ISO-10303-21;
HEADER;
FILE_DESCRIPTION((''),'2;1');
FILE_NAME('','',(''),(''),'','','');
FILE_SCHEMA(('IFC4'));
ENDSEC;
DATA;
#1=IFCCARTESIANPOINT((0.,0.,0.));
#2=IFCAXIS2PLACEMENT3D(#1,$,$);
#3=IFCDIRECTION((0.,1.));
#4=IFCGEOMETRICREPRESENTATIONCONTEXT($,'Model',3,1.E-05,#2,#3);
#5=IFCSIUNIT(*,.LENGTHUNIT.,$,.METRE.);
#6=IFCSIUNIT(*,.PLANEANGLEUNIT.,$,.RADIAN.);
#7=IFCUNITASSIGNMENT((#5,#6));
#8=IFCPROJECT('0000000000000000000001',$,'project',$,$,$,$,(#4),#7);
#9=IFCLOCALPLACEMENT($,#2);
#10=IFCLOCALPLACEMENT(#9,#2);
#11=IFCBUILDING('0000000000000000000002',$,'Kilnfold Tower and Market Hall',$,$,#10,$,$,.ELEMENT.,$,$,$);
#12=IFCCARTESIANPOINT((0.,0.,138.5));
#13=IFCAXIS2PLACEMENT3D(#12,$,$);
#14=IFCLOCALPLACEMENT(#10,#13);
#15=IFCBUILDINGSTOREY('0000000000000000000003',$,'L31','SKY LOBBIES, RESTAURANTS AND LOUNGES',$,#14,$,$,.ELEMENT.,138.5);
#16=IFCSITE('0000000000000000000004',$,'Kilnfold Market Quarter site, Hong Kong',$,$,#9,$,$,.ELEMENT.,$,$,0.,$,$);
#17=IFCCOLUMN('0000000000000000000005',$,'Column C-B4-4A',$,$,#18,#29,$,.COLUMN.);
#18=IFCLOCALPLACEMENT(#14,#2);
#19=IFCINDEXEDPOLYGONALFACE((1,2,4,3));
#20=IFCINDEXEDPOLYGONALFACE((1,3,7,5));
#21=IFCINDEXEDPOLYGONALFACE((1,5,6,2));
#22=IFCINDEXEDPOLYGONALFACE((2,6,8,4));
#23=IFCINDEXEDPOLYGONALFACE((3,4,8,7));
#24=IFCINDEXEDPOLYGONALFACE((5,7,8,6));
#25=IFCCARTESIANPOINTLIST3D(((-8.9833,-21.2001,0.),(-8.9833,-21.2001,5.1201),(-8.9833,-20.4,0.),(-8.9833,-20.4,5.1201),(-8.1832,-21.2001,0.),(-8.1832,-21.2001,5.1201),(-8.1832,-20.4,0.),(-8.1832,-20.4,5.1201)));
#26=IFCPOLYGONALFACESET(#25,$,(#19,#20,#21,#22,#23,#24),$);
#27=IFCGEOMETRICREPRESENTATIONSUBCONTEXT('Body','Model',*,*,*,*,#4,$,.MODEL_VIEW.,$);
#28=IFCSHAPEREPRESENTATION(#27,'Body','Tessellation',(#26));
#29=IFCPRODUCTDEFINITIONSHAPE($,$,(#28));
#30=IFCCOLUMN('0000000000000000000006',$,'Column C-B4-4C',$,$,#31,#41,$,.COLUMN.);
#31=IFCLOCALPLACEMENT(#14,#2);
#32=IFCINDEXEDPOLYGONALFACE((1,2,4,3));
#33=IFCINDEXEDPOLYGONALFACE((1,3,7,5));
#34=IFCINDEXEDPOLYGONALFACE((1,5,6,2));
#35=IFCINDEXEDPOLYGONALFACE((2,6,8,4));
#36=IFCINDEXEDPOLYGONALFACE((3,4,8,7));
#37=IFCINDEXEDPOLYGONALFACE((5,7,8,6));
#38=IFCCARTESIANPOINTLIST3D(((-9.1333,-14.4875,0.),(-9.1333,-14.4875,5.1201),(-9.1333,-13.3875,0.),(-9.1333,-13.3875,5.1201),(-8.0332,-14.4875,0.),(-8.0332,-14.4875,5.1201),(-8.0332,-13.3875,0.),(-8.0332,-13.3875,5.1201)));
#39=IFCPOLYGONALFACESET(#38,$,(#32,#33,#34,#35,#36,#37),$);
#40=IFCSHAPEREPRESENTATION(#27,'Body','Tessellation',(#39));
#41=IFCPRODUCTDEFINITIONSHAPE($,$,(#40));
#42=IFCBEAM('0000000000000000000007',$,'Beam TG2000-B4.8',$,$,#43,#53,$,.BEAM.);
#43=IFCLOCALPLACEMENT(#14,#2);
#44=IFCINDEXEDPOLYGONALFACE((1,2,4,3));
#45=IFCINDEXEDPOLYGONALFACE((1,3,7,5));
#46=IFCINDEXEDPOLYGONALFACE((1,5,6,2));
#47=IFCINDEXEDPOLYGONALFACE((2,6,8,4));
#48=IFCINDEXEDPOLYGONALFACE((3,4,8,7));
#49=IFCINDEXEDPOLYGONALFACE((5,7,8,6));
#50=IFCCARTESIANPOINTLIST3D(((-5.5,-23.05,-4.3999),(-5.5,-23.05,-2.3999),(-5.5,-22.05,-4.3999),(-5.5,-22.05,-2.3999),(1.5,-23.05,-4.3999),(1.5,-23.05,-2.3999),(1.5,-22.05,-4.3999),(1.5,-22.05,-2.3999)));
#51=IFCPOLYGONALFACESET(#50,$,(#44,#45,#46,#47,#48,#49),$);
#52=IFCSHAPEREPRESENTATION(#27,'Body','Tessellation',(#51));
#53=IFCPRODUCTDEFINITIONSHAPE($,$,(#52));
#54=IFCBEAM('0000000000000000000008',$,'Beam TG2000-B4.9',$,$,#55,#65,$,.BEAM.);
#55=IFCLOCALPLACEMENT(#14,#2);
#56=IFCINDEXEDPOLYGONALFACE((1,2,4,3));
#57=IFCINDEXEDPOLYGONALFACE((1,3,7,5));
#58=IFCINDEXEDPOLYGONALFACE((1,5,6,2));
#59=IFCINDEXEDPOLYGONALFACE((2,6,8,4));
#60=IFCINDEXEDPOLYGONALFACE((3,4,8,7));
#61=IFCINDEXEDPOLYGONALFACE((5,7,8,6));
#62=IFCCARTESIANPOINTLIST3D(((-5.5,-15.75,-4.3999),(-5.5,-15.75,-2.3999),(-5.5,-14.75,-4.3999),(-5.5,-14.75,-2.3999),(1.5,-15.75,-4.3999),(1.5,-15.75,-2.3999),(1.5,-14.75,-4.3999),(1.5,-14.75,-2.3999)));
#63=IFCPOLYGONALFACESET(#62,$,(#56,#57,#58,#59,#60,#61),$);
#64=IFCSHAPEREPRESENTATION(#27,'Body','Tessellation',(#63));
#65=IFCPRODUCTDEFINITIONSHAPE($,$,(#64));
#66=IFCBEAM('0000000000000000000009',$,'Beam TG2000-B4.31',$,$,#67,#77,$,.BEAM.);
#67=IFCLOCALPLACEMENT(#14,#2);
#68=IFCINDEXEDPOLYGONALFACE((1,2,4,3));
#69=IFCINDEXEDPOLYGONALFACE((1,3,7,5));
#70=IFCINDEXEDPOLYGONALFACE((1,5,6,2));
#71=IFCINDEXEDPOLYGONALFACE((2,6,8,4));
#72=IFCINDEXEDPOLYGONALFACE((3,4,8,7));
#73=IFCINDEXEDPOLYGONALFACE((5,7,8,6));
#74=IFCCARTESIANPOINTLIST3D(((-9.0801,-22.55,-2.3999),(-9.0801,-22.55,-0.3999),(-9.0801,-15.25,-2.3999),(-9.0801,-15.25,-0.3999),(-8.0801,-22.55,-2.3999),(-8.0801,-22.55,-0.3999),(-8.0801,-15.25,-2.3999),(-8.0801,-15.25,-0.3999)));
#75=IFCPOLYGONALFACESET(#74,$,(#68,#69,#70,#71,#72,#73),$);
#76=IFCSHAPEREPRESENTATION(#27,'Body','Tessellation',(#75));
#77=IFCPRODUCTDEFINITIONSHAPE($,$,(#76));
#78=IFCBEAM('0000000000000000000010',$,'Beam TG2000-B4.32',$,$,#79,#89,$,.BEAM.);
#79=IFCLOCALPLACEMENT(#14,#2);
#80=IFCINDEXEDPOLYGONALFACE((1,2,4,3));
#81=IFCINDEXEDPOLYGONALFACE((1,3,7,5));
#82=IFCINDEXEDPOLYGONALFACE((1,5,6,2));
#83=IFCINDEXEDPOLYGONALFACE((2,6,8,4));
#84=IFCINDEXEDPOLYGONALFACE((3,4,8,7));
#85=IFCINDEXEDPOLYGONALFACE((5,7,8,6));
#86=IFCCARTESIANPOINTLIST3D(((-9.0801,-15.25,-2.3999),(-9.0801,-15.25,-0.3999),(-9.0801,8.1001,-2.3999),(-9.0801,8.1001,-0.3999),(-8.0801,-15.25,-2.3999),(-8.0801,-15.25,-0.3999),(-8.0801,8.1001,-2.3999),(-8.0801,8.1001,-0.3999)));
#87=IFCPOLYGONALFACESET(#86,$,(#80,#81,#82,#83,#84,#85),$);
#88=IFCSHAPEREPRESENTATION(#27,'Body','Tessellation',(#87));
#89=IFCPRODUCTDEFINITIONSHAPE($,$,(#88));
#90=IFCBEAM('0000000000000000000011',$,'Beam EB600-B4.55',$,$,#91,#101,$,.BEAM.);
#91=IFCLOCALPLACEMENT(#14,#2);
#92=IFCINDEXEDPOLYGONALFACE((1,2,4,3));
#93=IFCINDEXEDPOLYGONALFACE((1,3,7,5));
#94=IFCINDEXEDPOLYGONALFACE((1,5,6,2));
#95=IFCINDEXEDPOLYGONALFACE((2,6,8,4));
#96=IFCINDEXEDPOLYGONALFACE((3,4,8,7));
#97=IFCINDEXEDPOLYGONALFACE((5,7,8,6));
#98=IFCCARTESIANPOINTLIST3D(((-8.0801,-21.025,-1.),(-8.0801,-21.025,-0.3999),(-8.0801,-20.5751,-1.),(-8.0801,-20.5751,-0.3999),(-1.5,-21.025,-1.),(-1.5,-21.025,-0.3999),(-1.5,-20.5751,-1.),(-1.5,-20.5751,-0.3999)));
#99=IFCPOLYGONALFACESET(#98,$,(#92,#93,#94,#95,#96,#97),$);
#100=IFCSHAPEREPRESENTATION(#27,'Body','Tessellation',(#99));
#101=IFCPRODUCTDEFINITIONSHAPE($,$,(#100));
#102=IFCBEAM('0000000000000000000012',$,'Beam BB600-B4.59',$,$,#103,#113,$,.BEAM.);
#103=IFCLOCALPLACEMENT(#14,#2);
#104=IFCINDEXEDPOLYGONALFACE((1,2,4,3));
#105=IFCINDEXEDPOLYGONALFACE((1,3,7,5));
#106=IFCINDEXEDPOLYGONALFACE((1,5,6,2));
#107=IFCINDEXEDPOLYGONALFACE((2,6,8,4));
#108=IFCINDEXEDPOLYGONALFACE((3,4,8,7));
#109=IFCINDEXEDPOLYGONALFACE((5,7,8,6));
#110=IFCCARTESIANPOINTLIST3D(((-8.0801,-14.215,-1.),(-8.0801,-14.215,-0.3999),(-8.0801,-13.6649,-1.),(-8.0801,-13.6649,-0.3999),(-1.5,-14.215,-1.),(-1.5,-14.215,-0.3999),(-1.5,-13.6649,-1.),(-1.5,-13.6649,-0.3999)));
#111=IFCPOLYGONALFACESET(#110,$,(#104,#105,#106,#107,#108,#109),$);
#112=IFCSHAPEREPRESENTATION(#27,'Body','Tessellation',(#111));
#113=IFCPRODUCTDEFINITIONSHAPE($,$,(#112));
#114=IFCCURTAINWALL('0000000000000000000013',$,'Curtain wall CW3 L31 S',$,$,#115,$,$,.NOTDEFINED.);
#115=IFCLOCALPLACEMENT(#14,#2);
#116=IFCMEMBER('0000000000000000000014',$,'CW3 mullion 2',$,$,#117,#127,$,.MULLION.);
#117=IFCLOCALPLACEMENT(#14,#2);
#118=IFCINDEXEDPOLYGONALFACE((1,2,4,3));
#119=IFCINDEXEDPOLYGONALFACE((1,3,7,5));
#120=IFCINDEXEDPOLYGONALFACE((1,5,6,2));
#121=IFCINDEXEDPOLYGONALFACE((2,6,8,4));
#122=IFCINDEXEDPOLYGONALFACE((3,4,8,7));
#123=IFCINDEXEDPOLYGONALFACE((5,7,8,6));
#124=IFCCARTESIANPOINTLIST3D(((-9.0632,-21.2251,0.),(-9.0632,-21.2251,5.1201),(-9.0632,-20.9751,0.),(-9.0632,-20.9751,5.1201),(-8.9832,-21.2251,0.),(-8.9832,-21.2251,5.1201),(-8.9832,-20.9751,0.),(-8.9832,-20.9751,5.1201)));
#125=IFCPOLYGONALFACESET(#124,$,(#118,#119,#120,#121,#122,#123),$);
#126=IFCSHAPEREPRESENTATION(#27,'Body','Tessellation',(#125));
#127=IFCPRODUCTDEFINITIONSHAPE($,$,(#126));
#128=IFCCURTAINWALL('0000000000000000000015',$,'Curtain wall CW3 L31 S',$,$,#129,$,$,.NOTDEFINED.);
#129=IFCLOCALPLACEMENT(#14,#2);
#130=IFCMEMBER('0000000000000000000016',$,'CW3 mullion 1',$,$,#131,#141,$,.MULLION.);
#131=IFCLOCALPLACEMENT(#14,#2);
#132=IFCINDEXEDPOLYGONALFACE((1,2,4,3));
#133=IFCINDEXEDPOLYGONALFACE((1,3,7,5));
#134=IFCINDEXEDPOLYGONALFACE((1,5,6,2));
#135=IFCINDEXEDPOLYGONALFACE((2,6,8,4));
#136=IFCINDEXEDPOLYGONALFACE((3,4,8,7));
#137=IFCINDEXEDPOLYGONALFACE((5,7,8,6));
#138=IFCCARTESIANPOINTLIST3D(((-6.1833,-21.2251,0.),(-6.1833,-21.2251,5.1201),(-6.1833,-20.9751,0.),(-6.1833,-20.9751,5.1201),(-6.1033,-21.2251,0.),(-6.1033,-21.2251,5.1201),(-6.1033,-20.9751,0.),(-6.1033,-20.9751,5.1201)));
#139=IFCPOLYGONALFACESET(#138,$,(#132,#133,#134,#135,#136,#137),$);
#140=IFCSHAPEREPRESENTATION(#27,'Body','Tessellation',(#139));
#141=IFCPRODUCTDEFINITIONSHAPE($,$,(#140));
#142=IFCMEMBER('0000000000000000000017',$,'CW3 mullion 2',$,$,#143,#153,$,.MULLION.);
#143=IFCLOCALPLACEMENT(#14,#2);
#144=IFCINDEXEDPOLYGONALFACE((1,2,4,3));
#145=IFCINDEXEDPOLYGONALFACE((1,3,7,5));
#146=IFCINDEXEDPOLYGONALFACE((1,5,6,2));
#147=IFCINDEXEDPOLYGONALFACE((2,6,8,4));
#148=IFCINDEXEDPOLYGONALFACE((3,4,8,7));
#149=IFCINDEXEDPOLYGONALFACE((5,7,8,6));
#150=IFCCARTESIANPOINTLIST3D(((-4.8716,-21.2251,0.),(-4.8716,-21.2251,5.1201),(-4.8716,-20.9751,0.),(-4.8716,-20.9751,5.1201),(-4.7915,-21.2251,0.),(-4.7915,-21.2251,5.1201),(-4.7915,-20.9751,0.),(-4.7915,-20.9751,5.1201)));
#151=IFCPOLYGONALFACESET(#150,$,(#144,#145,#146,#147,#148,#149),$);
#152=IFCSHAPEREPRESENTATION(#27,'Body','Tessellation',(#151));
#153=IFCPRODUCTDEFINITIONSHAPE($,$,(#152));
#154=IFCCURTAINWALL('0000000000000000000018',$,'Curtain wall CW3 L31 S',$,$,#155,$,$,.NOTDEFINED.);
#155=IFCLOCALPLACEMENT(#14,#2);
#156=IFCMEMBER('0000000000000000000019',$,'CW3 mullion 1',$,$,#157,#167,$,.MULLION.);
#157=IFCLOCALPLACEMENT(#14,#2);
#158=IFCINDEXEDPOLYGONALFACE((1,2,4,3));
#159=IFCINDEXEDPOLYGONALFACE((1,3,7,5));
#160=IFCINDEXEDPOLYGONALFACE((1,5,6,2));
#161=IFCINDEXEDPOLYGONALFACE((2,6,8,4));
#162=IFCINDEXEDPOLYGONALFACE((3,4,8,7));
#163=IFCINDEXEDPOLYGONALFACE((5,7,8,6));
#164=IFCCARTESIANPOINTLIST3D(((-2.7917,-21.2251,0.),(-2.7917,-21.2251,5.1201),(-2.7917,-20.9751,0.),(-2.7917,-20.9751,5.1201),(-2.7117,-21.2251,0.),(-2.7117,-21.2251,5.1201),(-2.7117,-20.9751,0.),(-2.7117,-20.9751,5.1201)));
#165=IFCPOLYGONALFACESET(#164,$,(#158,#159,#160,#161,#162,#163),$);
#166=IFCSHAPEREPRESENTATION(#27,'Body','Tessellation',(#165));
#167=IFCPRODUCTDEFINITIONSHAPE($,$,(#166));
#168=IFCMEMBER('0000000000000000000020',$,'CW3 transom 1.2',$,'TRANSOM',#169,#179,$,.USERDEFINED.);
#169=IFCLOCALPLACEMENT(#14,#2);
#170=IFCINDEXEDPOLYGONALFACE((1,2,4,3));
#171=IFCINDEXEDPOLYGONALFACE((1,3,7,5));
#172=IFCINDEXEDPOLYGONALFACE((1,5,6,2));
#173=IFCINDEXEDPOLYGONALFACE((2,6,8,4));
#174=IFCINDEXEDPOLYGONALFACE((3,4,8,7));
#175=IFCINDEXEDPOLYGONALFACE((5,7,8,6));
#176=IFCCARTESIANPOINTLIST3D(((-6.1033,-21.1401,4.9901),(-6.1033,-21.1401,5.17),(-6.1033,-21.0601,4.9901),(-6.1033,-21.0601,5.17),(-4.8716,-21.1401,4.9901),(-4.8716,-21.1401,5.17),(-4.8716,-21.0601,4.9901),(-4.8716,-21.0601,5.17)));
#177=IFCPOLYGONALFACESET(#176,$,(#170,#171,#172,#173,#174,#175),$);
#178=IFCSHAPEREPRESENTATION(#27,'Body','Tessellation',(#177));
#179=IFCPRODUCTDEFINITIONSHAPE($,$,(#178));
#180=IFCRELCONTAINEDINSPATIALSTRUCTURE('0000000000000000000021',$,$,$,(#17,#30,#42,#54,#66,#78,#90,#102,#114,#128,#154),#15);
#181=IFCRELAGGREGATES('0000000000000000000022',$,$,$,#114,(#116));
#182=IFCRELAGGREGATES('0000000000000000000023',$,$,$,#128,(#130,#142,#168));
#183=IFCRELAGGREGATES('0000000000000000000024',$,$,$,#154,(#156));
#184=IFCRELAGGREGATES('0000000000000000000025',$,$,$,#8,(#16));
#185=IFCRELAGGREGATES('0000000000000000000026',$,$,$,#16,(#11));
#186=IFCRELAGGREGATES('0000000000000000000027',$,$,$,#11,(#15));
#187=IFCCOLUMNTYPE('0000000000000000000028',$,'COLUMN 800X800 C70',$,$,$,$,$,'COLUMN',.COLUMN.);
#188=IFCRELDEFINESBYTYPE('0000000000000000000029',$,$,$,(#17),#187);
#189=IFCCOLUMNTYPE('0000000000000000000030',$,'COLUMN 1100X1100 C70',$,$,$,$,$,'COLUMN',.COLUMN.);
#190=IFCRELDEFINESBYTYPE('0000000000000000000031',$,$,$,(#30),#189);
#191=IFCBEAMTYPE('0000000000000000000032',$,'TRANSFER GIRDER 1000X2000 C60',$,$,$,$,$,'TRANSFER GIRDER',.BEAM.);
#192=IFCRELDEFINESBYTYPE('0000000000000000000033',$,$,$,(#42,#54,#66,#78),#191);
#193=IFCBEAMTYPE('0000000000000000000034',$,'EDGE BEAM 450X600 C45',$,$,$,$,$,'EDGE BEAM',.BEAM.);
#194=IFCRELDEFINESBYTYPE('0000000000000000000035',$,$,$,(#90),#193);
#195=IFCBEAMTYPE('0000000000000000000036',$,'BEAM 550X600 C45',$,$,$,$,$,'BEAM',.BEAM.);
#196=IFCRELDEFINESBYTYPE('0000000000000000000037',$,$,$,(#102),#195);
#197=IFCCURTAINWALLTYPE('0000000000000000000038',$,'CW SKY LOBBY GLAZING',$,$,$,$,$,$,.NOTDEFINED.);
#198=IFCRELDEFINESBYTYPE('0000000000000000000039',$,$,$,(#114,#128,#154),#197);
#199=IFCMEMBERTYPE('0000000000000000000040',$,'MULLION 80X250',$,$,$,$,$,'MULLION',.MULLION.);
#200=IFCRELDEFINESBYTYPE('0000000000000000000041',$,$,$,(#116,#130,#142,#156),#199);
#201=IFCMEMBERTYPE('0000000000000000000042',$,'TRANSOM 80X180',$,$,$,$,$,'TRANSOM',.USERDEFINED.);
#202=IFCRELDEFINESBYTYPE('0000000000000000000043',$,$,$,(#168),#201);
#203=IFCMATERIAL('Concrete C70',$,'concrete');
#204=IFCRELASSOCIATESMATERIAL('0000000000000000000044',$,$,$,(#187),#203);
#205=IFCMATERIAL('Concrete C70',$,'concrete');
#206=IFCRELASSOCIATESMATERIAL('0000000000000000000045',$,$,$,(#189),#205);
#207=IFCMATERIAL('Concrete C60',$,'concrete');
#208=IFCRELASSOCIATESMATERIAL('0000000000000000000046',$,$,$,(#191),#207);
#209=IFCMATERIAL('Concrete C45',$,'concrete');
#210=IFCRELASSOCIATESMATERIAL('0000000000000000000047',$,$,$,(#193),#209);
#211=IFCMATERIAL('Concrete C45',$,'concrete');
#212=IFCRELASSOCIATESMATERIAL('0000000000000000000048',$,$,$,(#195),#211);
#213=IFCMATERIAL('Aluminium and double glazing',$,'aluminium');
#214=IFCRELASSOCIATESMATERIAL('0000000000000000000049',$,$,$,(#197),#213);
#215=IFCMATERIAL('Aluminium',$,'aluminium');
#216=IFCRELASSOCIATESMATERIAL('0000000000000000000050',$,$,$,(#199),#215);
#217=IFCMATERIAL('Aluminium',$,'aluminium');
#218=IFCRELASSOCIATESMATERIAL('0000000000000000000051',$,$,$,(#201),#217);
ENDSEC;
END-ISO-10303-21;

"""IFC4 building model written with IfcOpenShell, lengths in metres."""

from ifc_helpers import new_model, si_unit, direction, frame, origin, origin_2d, place, context, subcontext, project, spatial, rectangle, extrude, source, transform, mapped, material, material_profile, profile_set, type_object, element, aggregate, save


model = new_model("IFC4")

# Units and contexts
model_context = context("Model", 3, precision=1e-05, world=origin(), true_north=direction((0.0, 1.0)))
body_context = subcontext(model_context, "Body", "Model", "MODEL_VIEW")
ifc_project = project(units=[si_unit("LENGTHUNIT", "METRE"), si_unit("PLANEANGLEUNIT", "RADIAN")], contexts=[model_context])

# Site, building, storey
site_placement = place(None, origin())
site = spatial("IfcSite", under=ifc_project, at=site_placement, Name="Kilnfold Market Quarter site, Hong Kong", CompositionType="ELEMENT", RefElevation=0.0)
building_placement = place(site_placement, origin())
building = spatial("IfcBuilding", under=site, at=building_placement, Name="Kilnfold Tower and Market Hall", CompositionType="ELEMENT")
storey_placement = place(building_placement, frame((0.0, 0.0, 138.5)))
storey = spatial("IfcBuildingStorey", under=building, at=storey_placement, Name="L31", Description="SKY LOBBIES, RESTAURANTS AND LOUNGES", CompositionType="ELEMENT", Elevation=138.5)

# Columns
ifc_material_1 = material(Name="Concrete C70", Category="concrete")
ifc_material_profile_1 = material_profile(ifc_material_1, rectangle(XDim=0.8, YDim=0.8, at=origin_2d()), Name="RC 800x800")
ifc_profile_set_1 = profile_set([ifc_material_profile_1], Name="Concrete C70")
column_type_1 = type_object("IfcColumnType", Name="COLUMN 800X800 C70", ElementType="COLUMN", PredefinedType="COLUMN", material=ifc_profile_set_1)
shared_shape_1 = source(origin(), body_context, "Body", "SweptSolid", [
    extrude(rectangle(XDim=0.8, YDim=0.8, at=origin_2d()), origin(), (0.0, 0.0, 1.0), 5.1201),
])
column_1_placement = place(storey_placement, frame((-8.5833, -20.8, 0.0), z_axis=(0.0, 0.0, 1.0), x_axis=(1.0, 0.0, 0.0)))
element("IfcColumn", 1, at=column_1_placement, inside=storey, type_object=column_type_1, Name="Column C-B4-4A", PredefinedType="COLUMN", context=body_context, shape_type="MappedRepresentation", body=[
    mapped(shared_shape_1, transform((0.0, 0.0, 0.0))),
])
ifc_material_2 = material(Name="Concrete C70", Category="concrete")
ifc_material_profile_2 = material_profile(ifc_material_2, rectangle(XDim=1.1001, YDim=1.1001, at=origin_2d()), Name="RC 1100x1100")
ifc_profile_set_2 = profile_set([ifc_material_profile_2], Name="Concrete C70")
column_type_2 = type_object("IfcColumnType", Name="COLUMN 1100X1100 C70", ElementType="COLUMN", PredefinedType="COLUMN", material=ifc_profile_set_2)
shared_shape_2 = source(origin(), body_context, "Body", "SweptSolid", [
    extrude(rectangle(XDim=1.1001, YDim=1.1001, at=origin_2d()), origin(), (0.0, 0.0, 1.0), 5.1201),
])
column_2_placement = place(storey_placement, frame((-8.5833, -13.9375, 0.0), z_axis=(0.0, 0.0, 1.0), x_axis=(1.0, 0.0, 0.0)))
element("IfcColumn", 2, at=column_2_placement, inside=storey, type_object=column_type_2, Name="Column C-B4-4C", PredefinedType="COLUMN", context=body_context, shape_type="MappedRepresentation", body=[
    mapped(shared_shape_2, transform((0.0, 0.0, 0.0))),
])

# Beams
ifc_material_3 = material(Name="Concrete C60", Category="concrete")
ifc_material_profile_3 = material_profile(ifc_material_3, rectangle(XDim=1.0, YDim=2.0, at=origin_2d()), Name="RC 1000x2000")
ifc_profile_set_3 = profile_set([ifc_material_profile_3], Name="Concrete C60")
beam_type_1 = type_object("IfcBeamType", Name="TRANSFER GIRDER 1000X2000 C60", ElementType="TRANSFER GIRDER", PredefinedType="BEAM", material=ifc_profile_set_3)
shared_shape_3 = source(origin(), body_context, "Body", "SweptSolid", [
    extrude(rectangle(XDim=1.0, YDim=2.0, at=origin_2d()), origin(), (0.0, 0.0, 1.0), 7.0),
])
for number, where, z_axis, x_axis, name in (
    (3, (-5.5, -22.55, -3.3999), (1.0, 0.0, 0.0), (0.0, 1.0, 0.0), "Beam TG2000-B4.8"),
    (4, (-5.5, -15.25, -3.3999), (1.0, 0.0, 0.0), (0.0, 1.0, 0.0), "Beam TG2000-B4.9"),
):
    element("IfcBeam", number, at=place(storey_placement, frame(where, z_axis=z_axis, x_axis=x_axis)), inside=storey, type_object=beam_type_1, Name=name, PredefinedType="BEAM", context=body_context, shape_type="MappedRepresentation", body=[
        mapped(shared_shape_3, transform((0.0, 0.0, 0.0))),
    ])
shared_shape_4 = source(origin(), body_context, "Body", "SweptSolid", [
    extrude(rectangle(XDim=1.0, YDim=2.0, at=origin_2d()), origin(), (0.0, 0.0, 1.0), 7.3),
])
beam_1_placement = place(storey_placement, frame((-8.5801, -22.55, -1.3999), z_axis=(0.0, 1.0, 0.0), x_axis=(-1.0, 0.0, 0.0)))
element("IfcBeam", 5, at=beam_1_placement, inside=storey, type_object=beam_type_1, Name="Beam TG2000-B4.31", PredefinedType="BEAM", context=body_context, shape_type="MappedRepresentation", body=[
    mapped(shared_shape_4, transform((0.0, 0.0, 0.0))),
])
shared_shape_5 = source(origin(), body_context, "Body", "SweptSolid", [
    extrude(rectangle(XDim=1.0, YDim=2.0, at=origin_2d()), origin(), (0.0, 0.0, 1.0), 23.3501),
])
beam_2_placement = place(storey_placement, frame((-8.5801, -15.25, -1.3999), z_axis=(0.0, 1.0, 0.0), x_axis=(-1.0, 0.0, 0.0)))
element("IfcBeam", 6, at=beam_2_placement, inside=storey, type_object=beam_type_1, Name="Beam TG2000-B4.32", PredefinedType="BEAM", context=body_context, shape_type="MappedRepresentation", body=[
    mapped(shared_shape_5, transform((0.0, 0.0, 0.0))),
])
ifc_material_4 = material(Name="Concrete C45", Category="concrete")
ifc_material_profile_4 = material_profile(ifc_material_4, rectangle(XDim=0.45, YDim=0.6001, at=origin_2d()), Name="RC 450x600")
ifc_profile_set_4 = profile_set([ifc_material_profile_4], Name="Concrete C45")
beam_type_2 = type_object("IfcBeamType", Name="EDGE BEAM 450X600 C45", ElementType="EDGE BEAM", PredefinedType="BEAM", material=ifc_profile_set_4)
shared_shape_6 = source(origin(), body_context, "Body", "SweptSolid", [
    extrude(rectangle(XDim=0.45, YDim=0.6001, at=origin_2d()), origin(), (0.0, 0.0, 1.0), 6.5801),
])
beam_3_placement = place(storey_placement, frame((-8.0801, -20.8, -0.7), z_axis=(1.0, 0.0, 0.0), x_axis=(0.0, 1.0, 0.0)))
element("IfcBeam", 7, at=beam_3_placement, inside=storey, type_object=beam_type_2, Name="Beam EB600-B4.55", PredefinedType="BEAM", context=body_context, shape_type="MappedRepresentation", body=[
    mapped(shared_shape_6, transform((0.0, 0.0, 0.0))),
])
ifc_material_5 = material(Name="Concrete C45", Category="concrete")
ifc_material_profile_5 = material_profile(ifc_material_5, rectangle(XDim=0.55, YDim=0.6001, at=origin_2d()), Name="RC 550x600")
ifc_profile_set_5 = profile_set([ifc_material_profile_5], Name="Concrete C45")
beam_type_3 = type_object("IfcBeamType", Name="BEAM 550X600 C45", ElementType="BEAM", PredefinedType="BEAM", material=ifc_profile_set_5)
shared_shape_7 = source(origin(), body_context, "Body", "SweptSolid", [
    extrude(rectangle(XDim=0.55, YDim=0.6001, at=origin_2d()), origin(), (0.0, 0.0, 1.0), 6.5801),
])
beam_4_placement = place(storey_placement, frame((-8.0801, -13.9399, -0.7), z_axis=(1.0, 0.0, 0.0), x_axis=(0.0, 1.0, 0.0)))
element("IfcBeam", 8, at=beam_4_placement, inside=storey, type_object=beam_type_3, Name="Beam BB600-B4.59", PredefinedType="BEAM", context=body_context, shape_type="MappedRepresentation", body=[
    mapped(shared_shape_7, transform((0.0, 0.0, 0.0))),
])

# Curtain wall, member
ifc_material_6 = material(Name="Aluminium and double glazing", Category="aluminium")
curtain_wall_type = type_object("IfcCurtainWallType", Name="CW SKY LOBBY GLAZING", PredefinedType="NOTDEFINED", material=ifc_material_6)
curtain_wall_1_placement = place(storey_placement, origin())
curtain_wall_1 = element("IfcCurtainWall", 9, at=curtain_wall_1_placement, inside=storey, type_object=curtain_wall_type, Name="Curtain wall CW3 L31 S", PredefinedType="NOTDEFINED")
ifc_material_7 = material(Name="Aluminium", Category="aluminium")
ifc_material_profile_6 = material_profile(ifc_material_7, rectangle(XDim=0.0801, YDim=0.25, at=origin_2d()), Name="MULLION 80x250")
ifc_profile_set_6 = profile_set([ifc_material_profile_6], Name="Aluminium")
member_type_1 = type_object("IfcMemberType", Name="MULLION 80X250", ElementType="MULLION", PredefinedType="MULLION", material=ifc_profile_set_6)
shared_shape_8 = source(origin(), body_context, "Body", "SweptSolid", [
    extrude(rectangle(XDim=0.0801, YDim=0.25, at=origin_2d()), origin(), (0.0, 0.0, 1.0), 5.1201),
])
member_1_placement = place(storey_placement, frame((-9.0232, -21.1001, 0.0), z_axis=(0.0, 0.0, 1.0), x_axis=(1.0, 0.0, 0.0)))
member_1 = element("IfcMember", 10, at=member_1_placement, type_object=member_type_1, Name="CW3 mullion 2", PredefinedType="MULLION", context=body_context, shape_type="MappedRepresentation", body=[
    mapped(shared_shape_8, transform((0.0, 0.0, 0.0))),
])
aggregate(curtain_wall_1, [member_1])

# Curtain wall, members
curtain_wall_2_placement = place(storey_placement, origin())
curtain_wall_2 = element("IfcCurtainWall", 11, at=curtain_wall_2_placement, inside=storey, type_object=curtain_wall_type, Name="Curtain wall CW3 L31 S", PredefinedType="NOTDEFINED")
member_2_placement = place(storey_placement, frame((-6.1433, -21.1001, 0.0), z_axis=(0.0, 0.0, 1.0), x_axis=(1.0, 0.0, 0.0)))
member_2 = element("IfcMember", 12, at=member_2_placement, type_object=member_type_1, Name="CW3 mullion 1", PredefinedType="MULLION", context=body_context, shape_type="MappedRepresentation", body=[
    mapped(shared_shape_8, transform((0.0, 0.0, 0.0))),
])
member_3_placement = place(storey_placement, frame((-4.8315, -21.1001, 0.0), z_axis=(0.0, 0.0, 1.0), x_axis=(1.0, 0.0, 0.0)))
member_3 = element("IfcMember", 13, at=member_3_placement, type_object=member_type_1, Name="CW3 mullion 2", PredefinedType="MULLION", context=body_context, shape_type="MappedRepresentation", body=[
    mapped(shared_shape_8, transform((0.0, 0.0, 0.0))),
])

# Curtain wall, member
curtain_wall_3_placement = place(storey_placement, origin())
curtain_wall_3 = element("IfcCurtainWall", 14, at=curtain_wall_3_placement, inside=storey, type_object=curtain_wall_type, Name="Curtain wall CW3 L31 S", PredefinedType="NOTDEFINED")
member_4_placement = place(storey_placement, frame((-2.7517, -21.1001, 0.0), z_axis=(0.0, 0.0, 1.0), x_axis=(1.0, 0.0, 0.0)))
member_4 = element("IfcMember", 15, at=member_4_placement, type_object=member_type_1, Name="CW3 mullion 1", PredefinedType="MULLION", context=body_context, shape_type="MappedRepresentation", body=[
    mapped(shared_shape_8, transform((0.0, 0.0, 0.0))),
])

# Member
ifc_material_8 = material(Name="Aluminium", Category="aluminium")
ifc_material_profile_7 = material_profile(ifc_material_8, rectangle(XDim=0.0801, YDim=0.1799, at=origin_2d()), Name="TRANSOM 80x180")
ifc_profile_set_7 = profile_set([ifc_material_profile_7], Name="Aluminium")
member_type_2 = type_object("IfcMemberType", Name="TRANSOM 80X180", ElementType="TRANSOM", PredefinedType="USERDEFINED", material=ifc_profile_set_7)
shared_shape_9 = source(origin(), body_context, "Body", "SweptSolid", [
    extrude(rectangle(XDim=0.0801, YDim=0.1799, at=origin_2d()), origin(), (0.0, 0.0, 1.0), 1.2317),
])
member_5_placement = place(storey_placement, frame((-6.1033, -21.1001, 5.0801), z_axis=(1.0, 0.0, 0.0), x_axis=(0.0, 1.0, 0.0)))
member_5 = element("IfcMember", 16, at=member_5_placement, type_object=member_type_2, Name="CW3 transom 1.2", ObjectType="TRANSOM", PredefinedType="USERDEFINED", context=body_context, shape_type="MappedRepresentation", body=[
    mapped(shared_shape_9, transform((0.0, 0.0, 0.0))),
])

aggregate(curtain_wall_2, [member_2, member_3, member_5])
aggregate(curtain_wall_3, [member_4])

save(model, "model.ifc")
